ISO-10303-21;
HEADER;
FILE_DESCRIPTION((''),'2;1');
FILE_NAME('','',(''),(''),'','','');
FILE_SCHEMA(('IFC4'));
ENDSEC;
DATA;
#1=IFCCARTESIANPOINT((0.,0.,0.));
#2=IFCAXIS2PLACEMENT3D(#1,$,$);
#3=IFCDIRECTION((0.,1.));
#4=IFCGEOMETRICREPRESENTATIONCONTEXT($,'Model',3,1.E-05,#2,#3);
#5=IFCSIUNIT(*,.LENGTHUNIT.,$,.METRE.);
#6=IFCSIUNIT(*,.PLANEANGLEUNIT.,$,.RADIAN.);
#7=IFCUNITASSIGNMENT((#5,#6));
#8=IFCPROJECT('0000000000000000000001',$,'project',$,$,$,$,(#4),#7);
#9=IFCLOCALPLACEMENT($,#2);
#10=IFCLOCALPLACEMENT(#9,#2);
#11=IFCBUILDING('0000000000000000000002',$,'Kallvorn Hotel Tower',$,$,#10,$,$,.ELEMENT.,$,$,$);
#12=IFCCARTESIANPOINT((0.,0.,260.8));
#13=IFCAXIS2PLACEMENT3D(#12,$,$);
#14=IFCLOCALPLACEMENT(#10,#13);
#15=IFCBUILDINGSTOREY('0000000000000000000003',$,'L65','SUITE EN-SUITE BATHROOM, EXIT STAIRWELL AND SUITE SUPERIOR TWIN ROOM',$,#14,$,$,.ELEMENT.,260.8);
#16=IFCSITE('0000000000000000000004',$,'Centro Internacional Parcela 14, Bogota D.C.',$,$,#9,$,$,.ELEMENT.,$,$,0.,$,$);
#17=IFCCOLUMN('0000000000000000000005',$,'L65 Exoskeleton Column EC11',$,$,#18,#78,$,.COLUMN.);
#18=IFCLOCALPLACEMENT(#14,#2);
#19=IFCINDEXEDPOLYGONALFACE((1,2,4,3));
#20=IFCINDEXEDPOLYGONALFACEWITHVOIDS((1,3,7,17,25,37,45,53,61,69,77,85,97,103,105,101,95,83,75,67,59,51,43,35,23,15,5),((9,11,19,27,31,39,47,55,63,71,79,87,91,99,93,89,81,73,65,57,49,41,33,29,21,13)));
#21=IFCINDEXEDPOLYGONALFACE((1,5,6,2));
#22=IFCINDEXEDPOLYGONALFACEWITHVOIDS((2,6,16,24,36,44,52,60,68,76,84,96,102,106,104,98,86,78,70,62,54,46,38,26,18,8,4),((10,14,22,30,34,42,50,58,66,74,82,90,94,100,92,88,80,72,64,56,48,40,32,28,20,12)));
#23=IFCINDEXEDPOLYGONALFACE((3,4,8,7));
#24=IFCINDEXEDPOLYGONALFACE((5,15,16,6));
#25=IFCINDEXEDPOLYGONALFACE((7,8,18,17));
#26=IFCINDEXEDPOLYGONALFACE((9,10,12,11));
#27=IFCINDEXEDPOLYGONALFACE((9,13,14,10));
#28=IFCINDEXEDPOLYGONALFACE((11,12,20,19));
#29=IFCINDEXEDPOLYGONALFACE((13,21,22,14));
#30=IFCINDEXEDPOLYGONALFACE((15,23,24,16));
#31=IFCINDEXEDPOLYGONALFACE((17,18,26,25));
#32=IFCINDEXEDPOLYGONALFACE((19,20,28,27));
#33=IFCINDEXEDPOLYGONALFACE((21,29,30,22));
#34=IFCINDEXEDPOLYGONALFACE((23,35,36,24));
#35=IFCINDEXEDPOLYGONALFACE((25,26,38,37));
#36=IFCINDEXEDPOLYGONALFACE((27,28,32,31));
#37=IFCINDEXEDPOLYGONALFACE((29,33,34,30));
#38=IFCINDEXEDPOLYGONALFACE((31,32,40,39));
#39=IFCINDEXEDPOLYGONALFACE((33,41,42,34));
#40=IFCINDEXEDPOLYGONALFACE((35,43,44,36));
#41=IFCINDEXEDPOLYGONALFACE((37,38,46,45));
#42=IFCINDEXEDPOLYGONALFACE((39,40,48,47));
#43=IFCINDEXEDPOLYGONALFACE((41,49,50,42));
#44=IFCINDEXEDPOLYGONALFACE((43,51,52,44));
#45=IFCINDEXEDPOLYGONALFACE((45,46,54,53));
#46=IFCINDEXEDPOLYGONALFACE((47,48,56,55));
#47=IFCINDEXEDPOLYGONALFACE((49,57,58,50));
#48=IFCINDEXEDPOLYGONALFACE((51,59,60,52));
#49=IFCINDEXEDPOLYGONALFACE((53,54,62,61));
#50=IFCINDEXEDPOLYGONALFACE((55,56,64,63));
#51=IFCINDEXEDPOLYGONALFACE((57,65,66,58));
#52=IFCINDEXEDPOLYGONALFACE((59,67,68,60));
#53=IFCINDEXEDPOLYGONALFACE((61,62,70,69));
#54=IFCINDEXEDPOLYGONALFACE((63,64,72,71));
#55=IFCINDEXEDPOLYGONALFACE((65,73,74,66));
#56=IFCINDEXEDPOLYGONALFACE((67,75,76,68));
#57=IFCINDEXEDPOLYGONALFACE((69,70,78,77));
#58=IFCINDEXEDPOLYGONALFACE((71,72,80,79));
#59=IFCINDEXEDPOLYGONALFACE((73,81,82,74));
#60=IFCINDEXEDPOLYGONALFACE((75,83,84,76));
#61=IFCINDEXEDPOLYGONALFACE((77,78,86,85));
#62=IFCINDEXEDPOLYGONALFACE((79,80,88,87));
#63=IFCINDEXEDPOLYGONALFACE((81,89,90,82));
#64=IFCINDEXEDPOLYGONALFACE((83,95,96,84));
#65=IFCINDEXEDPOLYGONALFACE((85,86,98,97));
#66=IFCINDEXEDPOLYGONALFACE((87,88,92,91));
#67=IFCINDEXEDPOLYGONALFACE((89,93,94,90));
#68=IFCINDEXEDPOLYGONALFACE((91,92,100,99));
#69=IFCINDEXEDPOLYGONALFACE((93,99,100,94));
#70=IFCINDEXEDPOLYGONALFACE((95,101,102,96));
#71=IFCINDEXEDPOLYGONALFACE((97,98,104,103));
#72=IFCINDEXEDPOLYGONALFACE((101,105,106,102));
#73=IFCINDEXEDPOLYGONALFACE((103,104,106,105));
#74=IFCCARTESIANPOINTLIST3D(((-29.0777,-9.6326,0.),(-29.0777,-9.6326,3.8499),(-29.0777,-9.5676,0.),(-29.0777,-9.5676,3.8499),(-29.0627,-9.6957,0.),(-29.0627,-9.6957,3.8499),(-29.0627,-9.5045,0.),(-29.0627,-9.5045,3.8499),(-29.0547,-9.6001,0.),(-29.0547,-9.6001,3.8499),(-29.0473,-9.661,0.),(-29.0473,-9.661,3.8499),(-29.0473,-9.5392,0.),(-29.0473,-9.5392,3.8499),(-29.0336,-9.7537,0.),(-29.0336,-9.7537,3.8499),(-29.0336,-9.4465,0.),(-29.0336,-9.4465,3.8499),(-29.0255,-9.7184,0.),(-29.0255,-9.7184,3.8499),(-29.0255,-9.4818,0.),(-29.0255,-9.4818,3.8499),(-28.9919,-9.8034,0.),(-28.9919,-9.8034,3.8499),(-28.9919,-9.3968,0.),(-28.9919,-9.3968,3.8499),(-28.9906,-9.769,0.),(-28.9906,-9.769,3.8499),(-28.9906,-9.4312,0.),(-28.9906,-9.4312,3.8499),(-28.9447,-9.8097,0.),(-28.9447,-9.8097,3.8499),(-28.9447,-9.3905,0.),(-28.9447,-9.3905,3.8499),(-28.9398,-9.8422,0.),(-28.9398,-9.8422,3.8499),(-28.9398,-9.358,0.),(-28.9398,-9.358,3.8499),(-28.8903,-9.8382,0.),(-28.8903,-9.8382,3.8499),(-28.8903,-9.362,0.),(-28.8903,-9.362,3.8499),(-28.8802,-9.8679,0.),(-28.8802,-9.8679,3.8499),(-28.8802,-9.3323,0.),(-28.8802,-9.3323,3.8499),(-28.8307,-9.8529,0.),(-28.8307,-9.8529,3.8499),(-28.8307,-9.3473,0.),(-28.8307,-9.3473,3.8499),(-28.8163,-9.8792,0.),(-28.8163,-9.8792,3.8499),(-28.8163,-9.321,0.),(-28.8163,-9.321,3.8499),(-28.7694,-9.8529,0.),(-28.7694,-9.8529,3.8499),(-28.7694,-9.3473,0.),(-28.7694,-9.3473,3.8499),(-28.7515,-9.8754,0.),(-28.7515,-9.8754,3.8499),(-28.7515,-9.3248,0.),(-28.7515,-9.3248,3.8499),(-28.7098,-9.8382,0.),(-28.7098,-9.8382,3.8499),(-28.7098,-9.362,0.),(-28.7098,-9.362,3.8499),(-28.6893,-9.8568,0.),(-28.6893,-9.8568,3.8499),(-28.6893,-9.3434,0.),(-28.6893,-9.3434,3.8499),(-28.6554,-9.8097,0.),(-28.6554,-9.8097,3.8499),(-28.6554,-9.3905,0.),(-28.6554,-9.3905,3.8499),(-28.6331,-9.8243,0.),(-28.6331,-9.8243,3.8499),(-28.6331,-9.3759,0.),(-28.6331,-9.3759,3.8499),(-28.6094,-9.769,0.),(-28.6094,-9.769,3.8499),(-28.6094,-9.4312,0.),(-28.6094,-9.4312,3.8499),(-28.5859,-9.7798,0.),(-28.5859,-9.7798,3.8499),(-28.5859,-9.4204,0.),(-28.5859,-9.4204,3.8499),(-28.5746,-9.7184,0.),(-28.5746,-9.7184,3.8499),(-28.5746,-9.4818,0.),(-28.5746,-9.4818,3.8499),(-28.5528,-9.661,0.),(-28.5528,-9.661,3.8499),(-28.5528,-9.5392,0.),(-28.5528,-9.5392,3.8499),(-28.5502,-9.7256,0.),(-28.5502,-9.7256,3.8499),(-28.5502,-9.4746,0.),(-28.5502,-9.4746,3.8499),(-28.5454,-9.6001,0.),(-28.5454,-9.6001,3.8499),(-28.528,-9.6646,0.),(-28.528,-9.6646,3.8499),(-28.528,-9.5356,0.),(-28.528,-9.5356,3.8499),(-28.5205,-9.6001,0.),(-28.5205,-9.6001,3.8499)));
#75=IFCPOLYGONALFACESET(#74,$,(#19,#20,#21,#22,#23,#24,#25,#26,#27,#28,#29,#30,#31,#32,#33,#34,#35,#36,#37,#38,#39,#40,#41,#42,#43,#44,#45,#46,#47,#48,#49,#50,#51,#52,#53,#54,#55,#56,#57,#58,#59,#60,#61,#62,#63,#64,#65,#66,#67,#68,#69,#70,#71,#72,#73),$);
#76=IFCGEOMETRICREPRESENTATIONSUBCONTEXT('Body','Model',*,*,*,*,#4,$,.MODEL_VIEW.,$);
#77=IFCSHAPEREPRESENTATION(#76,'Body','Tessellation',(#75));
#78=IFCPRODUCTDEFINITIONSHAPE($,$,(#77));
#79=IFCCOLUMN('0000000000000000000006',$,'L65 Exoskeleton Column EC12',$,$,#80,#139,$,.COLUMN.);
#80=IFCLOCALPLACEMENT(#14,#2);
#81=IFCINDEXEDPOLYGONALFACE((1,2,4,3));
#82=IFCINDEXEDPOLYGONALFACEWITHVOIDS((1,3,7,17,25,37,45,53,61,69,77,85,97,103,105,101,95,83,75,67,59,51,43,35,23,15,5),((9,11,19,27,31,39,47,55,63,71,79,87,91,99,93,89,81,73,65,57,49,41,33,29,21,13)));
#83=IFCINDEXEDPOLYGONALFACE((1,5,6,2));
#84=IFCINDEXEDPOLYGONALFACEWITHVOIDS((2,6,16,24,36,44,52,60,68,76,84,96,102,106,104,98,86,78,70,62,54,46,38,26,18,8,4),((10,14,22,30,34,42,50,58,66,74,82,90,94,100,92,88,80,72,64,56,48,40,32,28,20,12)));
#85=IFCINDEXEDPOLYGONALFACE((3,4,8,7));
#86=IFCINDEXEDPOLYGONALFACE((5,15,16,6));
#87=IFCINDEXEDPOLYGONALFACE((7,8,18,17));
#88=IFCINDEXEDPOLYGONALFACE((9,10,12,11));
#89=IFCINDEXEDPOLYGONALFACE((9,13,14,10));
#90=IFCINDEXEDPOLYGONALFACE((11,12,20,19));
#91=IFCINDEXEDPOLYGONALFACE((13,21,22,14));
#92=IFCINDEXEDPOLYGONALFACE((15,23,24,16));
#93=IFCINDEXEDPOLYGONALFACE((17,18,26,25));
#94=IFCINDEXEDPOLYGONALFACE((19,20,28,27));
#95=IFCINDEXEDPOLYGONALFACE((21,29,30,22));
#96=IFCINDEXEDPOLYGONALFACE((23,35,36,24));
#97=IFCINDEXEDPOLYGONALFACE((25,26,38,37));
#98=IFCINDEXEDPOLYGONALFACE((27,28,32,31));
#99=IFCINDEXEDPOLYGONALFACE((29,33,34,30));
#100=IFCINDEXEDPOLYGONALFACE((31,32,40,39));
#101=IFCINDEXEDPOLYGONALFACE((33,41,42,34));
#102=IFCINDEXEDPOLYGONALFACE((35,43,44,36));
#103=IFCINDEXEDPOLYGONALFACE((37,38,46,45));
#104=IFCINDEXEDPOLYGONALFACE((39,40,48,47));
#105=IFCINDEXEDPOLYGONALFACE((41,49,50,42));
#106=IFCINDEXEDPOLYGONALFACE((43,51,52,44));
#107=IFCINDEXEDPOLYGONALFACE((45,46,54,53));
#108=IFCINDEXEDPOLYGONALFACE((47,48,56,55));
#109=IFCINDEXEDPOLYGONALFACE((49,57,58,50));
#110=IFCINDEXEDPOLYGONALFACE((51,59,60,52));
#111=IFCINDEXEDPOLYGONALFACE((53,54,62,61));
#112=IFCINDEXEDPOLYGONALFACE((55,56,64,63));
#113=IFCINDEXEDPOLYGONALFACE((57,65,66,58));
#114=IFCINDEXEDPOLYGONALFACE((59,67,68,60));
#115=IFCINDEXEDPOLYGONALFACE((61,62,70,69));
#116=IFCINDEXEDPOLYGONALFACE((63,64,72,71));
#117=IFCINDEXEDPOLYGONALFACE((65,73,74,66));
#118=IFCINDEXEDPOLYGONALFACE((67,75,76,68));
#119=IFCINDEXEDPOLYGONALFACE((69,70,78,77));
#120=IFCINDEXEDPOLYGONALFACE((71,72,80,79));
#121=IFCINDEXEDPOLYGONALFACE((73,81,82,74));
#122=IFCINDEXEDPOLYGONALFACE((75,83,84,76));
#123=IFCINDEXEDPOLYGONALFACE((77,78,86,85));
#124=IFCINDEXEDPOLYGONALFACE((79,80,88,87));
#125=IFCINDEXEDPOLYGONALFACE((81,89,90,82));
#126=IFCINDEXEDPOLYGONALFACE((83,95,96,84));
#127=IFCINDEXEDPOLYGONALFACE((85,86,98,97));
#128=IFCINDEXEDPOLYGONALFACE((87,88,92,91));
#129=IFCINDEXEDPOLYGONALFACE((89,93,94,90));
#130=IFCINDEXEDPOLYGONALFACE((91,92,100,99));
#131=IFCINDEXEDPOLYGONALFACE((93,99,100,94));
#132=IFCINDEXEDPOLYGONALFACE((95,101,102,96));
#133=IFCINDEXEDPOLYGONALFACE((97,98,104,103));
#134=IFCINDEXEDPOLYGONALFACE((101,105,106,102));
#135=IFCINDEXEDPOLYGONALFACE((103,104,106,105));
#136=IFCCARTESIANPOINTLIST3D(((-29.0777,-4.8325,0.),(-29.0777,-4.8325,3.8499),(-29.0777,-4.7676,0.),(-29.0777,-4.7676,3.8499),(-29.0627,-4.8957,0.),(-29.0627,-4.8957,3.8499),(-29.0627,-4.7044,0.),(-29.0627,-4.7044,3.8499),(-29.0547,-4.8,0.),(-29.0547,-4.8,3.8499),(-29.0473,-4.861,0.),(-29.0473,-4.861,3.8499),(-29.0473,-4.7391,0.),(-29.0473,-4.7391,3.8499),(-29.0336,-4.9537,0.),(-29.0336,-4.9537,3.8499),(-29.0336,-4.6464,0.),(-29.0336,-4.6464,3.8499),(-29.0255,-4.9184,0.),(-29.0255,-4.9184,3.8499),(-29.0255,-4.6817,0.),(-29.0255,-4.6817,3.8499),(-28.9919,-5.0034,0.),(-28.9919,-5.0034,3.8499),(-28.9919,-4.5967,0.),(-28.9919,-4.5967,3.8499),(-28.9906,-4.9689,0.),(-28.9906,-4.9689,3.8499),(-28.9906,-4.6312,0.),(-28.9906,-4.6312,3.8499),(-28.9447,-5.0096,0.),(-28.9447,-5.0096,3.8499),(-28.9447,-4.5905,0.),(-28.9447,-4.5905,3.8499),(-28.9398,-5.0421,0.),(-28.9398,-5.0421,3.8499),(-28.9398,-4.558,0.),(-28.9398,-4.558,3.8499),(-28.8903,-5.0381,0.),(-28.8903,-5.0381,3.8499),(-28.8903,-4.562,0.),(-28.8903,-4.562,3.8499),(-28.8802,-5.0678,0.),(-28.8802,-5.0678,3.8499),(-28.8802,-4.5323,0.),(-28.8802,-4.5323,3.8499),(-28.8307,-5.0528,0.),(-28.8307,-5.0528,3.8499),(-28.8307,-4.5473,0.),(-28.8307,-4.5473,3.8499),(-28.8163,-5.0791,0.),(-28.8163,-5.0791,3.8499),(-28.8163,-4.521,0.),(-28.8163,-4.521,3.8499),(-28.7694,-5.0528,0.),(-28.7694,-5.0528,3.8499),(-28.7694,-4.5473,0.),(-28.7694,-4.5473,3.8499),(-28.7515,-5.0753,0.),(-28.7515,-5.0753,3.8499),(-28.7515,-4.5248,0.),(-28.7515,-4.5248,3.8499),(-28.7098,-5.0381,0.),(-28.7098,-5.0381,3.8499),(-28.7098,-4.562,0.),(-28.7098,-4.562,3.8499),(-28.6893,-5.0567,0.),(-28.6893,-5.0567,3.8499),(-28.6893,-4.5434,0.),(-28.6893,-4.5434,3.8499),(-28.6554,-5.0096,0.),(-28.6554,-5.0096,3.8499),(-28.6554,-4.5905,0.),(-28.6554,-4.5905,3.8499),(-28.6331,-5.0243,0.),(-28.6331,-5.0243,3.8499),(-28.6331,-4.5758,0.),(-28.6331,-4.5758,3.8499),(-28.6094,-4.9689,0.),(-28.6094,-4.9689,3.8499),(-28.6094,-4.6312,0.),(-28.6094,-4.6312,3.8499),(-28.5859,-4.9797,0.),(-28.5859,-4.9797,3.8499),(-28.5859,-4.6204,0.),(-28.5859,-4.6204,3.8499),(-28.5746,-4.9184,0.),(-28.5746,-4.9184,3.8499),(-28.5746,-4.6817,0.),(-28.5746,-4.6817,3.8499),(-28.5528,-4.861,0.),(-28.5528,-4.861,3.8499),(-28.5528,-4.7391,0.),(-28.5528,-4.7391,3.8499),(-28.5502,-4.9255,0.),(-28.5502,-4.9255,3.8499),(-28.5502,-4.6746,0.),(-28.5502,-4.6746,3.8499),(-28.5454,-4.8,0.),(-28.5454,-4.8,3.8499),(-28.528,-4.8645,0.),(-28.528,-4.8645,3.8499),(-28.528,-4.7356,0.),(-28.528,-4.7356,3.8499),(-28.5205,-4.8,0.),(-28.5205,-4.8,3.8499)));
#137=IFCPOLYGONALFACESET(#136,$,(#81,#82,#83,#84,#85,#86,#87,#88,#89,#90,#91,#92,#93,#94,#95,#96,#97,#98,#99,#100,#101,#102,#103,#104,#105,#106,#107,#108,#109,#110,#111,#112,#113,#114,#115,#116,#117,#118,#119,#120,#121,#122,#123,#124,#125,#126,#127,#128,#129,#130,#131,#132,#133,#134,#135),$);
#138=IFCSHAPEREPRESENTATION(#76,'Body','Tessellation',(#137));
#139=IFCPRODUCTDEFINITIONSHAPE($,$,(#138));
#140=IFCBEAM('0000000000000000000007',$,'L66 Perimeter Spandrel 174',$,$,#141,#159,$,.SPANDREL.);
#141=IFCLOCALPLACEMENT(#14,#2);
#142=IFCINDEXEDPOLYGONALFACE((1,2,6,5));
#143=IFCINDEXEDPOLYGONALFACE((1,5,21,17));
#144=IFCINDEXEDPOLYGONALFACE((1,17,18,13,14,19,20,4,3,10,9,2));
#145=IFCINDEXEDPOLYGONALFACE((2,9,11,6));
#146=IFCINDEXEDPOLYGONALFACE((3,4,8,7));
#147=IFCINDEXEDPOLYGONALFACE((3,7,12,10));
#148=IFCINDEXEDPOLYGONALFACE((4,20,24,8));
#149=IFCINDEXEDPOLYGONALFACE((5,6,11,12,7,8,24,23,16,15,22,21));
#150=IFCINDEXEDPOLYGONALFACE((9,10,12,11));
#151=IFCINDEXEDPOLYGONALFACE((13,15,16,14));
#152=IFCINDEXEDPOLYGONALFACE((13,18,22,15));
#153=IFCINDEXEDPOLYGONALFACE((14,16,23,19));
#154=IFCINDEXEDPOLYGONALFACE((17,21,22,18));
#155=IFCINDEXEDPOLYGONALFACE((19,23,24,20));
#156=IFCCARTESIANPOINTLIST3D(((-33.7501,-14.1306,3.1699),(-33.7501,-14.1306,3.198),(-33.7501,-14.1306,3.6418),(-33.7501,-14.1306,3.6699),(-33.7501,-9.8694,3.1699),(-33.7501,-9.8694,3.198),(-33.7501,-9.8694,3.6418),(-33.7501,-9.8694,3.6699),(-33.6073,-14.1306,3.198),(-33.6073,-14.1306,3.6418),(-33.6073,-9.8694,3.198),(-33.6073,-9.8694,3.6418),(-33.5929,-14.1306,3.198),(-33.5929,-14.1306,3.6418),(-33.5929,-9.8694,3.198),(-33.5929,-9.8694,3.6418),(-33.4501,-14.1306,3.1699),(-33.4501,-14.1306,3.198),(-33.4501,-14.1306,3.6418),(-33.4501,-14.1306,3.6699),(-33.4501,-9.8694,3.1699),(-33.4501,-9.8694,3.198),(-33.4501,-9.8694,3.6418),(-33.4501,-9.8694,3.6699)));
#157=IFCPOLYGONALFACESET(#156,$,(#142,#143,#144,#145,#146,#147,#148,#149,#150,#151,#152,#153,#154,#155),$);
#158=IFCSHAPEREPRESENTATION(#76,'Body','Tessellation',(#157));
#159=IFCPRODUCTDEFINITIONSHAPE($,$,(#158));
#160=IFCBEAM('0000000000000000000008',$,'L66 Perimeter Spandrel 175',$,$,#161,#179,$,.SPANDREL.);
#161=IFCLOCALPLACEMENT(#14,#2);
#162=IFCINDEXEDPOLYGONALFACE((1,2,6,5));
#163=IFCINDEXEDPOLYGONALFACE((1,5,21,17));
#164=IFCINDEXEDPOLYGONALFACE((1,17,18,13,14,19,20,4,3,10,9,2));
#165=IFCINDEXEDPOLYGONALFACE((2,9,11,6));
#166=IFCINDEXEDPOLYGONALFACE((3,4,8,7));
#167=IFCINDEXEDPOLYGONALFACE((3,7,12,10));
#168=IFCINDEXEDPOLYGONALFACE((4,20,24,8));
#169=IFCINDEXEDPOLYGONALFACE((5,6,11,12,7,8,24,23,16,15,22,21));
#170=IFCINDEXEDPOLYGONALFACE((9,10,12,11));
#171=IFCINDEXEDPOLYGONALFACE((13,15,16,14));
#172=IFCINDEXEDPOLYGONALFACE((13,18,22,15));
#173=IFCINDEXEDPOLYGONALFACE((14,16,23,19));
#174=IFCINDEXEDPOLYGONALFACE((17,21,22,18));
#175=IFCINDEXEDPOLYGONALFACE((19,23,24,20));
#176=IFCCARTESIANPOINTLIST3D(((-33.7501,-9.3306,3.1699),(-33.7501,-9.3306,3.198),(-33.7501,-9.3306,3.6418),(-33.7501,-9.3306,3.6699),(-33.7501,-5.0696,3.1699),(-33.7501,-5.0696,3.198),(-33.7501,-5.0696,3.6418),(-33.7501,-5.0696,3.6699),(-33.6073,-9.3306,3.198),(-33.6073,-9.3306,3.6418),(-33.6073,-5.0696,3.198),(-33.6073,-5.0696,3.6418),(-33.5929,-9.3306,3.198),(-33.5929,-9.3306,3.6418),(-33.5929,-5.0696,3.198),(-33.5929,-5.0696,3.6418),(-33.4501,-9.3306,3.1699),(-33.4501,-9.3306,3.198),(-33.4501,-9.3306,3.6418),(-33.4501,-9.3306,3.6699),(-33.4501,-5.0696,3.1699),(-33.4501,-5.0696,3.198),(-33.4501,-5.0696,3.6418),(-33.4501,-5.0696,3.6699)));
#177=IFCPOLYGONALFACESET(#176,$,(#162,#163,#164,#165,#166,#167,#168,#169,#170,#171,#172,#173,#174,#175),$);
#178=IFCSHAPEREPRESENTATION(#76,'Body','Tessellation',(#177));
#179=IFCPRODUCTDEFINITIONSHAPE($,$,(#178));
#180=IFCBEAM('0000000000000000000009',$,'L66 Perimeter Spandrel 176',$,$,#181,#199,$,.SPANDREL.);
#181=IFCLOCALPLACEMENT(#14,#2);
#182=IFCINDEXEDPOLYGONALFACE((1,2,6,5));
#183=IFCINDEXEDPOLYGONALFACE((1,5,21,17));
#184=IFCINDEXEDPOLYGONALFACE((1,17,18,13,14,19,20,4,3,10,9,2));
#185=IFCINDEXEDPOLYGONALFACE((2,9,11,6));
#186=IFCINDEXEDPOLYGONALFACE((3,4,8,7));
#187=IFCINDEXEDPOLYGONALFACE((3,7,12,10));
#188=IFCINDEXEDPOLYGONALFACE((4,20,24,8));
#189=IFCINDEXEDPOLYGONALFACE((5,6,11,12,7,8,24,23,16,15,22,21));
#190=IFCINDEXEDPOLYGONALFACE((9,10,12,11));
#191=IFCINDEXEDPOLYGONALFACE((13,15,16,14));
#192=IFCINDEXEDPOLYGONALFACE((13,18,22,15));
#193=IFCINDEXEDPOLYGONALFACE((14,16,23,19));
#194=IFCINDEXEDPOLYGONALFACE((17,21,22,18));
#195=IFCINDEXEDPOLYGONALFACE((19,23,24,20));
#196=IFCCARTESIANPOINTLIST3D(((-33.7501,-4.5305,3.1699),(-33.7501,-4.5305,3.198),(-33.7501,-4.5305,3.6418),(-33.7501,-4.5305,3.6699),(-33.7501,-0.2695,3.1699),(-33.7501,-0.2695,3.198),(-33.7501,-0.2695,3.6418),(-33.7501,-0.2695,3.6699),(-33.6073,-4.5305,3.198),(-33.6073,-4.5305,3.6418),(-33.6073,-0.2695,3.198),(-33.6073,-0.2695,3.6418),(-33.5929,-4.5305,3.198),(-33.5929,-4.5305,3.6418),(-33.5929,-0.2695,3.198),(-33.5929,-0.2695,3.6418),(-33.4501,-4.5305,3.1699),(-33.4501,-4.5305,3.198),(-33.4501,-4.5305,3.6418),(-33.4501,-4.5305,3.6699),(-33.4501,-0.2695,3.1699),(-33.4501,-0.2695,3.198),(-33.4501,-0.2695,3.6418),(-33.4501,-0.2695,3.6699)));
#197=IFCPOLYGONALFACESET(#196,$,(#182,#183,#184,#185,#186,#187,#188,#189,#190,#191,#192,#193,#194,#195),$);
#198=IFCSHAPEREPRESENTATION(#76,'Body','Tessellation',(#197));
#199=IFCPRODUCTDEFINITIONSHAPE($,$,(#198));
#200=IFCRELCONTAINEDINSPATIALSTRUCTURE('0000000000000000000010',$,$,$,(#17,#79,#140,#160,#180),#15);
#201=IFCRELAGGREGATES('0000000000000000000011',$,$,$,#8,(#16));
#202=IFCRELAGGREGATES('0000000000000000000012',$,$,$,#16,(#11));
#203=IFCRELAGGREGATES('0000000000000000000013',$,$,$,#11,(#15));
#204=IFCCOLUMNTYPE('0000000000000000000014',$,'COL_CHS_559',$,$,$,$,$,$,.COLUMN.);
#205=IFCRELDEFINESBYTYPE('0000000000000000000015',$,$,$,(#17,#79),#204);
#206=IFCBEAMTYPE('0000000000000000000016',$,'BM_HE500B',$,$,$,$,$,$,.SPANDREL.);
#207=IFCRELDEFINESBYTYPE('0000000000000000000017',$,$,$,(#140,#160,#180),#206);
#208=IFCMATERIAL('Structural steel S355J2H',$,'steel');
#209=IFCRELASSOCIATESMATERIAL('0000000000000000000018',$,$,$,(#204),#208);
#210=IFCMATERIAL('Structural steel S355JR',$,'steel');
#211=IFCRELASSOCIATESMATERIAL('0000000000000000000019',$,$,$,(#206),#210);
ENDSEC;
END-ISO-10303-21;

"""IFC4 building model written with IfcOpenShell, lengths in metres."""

from ifc_helpers import new_model, si_unit, direction, frame, origin, origin_2d, place, context, subcontext, project, spatial, hollow_circle, i_section, extrude, material, material_profile, profile_set, type_object, element, save


model = new_model("IFC4")

# Units and contexts
model_context = context("Model", 3, precision=1e-05, world=origin(), true_north=direction((0.0, 1.0)))
body_context = subcontext(model_context, "Body", "Model", "MODEL_VIEW")
ifc_project = project(units=[si_unit("LENGTHUNIT", "METRE"), si_unit("PLANEANGLEUNIT", "RADIAN")], contexts=[model_context])

# Site, building, storey
site_placement = place(None, origin())
site = spatial("IfcSite", under=ifc_project, at=site_placement, Name="Centro Internacional Parcela 14, Bogota D.C.", CompositionType="ELEMENT", RefElevation=0.0)
building_placement = place(site_placement, origin())
building = spatial("IfcBuilding", under=site, at=building_placement, Name="Kallvorn Hotel Tower", CompositionType="ELEMENT")
storey_placement = place(building_placement, frame((0.0, 0.0, 260.8)))
storey = spatial("IfcBuildingStorey", under=building, at=storey_placement, Name="L65", Description="SUITE EN-SUITE BATHROOM, EXIT STAIRWELL AND SUITE SUPERIOR TWIN ROOM", CompositionType="ELEMENT", Elevation=260.8)

# Columns
ifc_material_1 = material(Name="Structural steel S355J2H", Category="steel")
ifc_material_profile_1 = material_profile(ifc_material_1, hollow_circle(Radius=0.2795, WallThickness=0.0249, at=origin_2d()), Name="CHS 559x25")
ifc_profile_set_1 = profile_set([ifc_material_profile_1], Name="Structural steel S355J2H")
column_type = type_object("IfcColumnType", Name="COL_CHS_559", PredefinedType="COLUMN", material=ifc_profile_set_1)
for number, where, z_axis, x_axis, name in (
    (1, (-28.8, -9.6001, 0.0), (0.0, 0.0, 1.0), (1.0, 0.0, 0.0), "L65 Exoskeleton Column EC11"),
    (2, (-28.8, -4.8, 0.0), (0.0, 0.0, 1.0), (1.0, 0.0, 0.0), "L65 Exoskeleton Column EC12"),
):
    element("IfcColumn", number, at=place(storey_placement, frame(where, z_axis=z_axis, x_axis=x_axis)), inside=storey, type_object=column_type, Name=name, PredefinedType="COLUMN", context=body_context, shape_type="SweptSolid", body=[
        extrude(hollow_circle(Radius=0.2795, WallThickness=0.0249, at=origin_2d()), origin(), (0.0, 0.0, 1.0), 3.8499),
    ])

# Beams
ifc_material_2 = material(Name="Structural steel S355JR", Category="steel")
ifc_material_profile_2 = material_profile(ifc_material_2, i_section(OverallWidth=0.3, OverallDepth=0.5, WebThickness=0.0144, FlangeThickness=0.0281, at=origin_2d()), Name="HE 500 B")
ifc_profile_set_2 = profile_set([ifc_material_profile_2], Name="Structural steel S355JR")
beam_type_1 = type_object("IfcBeamType", Name="BM_HE500B", PredefinedType="SPANDREL", material=ifc_profile_set_2)
beam_1_placement = place(storey_placement, frame((-33.6001, -14.1306, 3.4199), z_axis=(0.0, 1.0, 0.0), x_axis=(-1.0, 0.0, 0.0)))
element("IfcBeam", 3, at=beam_1_placement, inside=storey, type_object=beam_type_1, Name="L66 Perimeter Spandrel 174", PredefinedType="SPANDREL", context=body_context, shape_type="SweptSolid", body=[
    extrude(i_section(OverallWidth=0.3, OverallDepth=0.5, WebThickness=0.0144, FlangeThickness=0.0281, at=origin_2d()), origin(), (0.0, 0.0, 1.0), 4.2612),
])
for number, where, z_axis, x_axis, name in (
    (4, (-33.6001, -9.3306, 3.4199), (0.0, 1.0, 0.0), (-1.0, 0.0, 0.0), "L66 Perimeter Spandrel 175"),
    (5, (-33.6001, -4.5305, 3.4199), (0.0, 1.0, 0.0), (-1.0, 0.0, 0.0), "L66 Perimeter Spandrel 176"),
):
    element("IfcBeam", number, at=place(storey_placement, frame(where, z_axis=z_axis, x_axis=x_axis)), inside=storey, type_object=beam_type_1, Name=name, PredefinedType="SPANDREL", context=body_context, shape_type="SweptSolid", body=[
        extrude(i_section(OverallWidth=0.3, OverallDepth=0.5, WebThickness=0.0144, FlangeThickness=0.0281, at=origin_2d()), origin(), (0.0, 0.0, 1.0), 4.261),
    ])

save(model, "model.ifc")
